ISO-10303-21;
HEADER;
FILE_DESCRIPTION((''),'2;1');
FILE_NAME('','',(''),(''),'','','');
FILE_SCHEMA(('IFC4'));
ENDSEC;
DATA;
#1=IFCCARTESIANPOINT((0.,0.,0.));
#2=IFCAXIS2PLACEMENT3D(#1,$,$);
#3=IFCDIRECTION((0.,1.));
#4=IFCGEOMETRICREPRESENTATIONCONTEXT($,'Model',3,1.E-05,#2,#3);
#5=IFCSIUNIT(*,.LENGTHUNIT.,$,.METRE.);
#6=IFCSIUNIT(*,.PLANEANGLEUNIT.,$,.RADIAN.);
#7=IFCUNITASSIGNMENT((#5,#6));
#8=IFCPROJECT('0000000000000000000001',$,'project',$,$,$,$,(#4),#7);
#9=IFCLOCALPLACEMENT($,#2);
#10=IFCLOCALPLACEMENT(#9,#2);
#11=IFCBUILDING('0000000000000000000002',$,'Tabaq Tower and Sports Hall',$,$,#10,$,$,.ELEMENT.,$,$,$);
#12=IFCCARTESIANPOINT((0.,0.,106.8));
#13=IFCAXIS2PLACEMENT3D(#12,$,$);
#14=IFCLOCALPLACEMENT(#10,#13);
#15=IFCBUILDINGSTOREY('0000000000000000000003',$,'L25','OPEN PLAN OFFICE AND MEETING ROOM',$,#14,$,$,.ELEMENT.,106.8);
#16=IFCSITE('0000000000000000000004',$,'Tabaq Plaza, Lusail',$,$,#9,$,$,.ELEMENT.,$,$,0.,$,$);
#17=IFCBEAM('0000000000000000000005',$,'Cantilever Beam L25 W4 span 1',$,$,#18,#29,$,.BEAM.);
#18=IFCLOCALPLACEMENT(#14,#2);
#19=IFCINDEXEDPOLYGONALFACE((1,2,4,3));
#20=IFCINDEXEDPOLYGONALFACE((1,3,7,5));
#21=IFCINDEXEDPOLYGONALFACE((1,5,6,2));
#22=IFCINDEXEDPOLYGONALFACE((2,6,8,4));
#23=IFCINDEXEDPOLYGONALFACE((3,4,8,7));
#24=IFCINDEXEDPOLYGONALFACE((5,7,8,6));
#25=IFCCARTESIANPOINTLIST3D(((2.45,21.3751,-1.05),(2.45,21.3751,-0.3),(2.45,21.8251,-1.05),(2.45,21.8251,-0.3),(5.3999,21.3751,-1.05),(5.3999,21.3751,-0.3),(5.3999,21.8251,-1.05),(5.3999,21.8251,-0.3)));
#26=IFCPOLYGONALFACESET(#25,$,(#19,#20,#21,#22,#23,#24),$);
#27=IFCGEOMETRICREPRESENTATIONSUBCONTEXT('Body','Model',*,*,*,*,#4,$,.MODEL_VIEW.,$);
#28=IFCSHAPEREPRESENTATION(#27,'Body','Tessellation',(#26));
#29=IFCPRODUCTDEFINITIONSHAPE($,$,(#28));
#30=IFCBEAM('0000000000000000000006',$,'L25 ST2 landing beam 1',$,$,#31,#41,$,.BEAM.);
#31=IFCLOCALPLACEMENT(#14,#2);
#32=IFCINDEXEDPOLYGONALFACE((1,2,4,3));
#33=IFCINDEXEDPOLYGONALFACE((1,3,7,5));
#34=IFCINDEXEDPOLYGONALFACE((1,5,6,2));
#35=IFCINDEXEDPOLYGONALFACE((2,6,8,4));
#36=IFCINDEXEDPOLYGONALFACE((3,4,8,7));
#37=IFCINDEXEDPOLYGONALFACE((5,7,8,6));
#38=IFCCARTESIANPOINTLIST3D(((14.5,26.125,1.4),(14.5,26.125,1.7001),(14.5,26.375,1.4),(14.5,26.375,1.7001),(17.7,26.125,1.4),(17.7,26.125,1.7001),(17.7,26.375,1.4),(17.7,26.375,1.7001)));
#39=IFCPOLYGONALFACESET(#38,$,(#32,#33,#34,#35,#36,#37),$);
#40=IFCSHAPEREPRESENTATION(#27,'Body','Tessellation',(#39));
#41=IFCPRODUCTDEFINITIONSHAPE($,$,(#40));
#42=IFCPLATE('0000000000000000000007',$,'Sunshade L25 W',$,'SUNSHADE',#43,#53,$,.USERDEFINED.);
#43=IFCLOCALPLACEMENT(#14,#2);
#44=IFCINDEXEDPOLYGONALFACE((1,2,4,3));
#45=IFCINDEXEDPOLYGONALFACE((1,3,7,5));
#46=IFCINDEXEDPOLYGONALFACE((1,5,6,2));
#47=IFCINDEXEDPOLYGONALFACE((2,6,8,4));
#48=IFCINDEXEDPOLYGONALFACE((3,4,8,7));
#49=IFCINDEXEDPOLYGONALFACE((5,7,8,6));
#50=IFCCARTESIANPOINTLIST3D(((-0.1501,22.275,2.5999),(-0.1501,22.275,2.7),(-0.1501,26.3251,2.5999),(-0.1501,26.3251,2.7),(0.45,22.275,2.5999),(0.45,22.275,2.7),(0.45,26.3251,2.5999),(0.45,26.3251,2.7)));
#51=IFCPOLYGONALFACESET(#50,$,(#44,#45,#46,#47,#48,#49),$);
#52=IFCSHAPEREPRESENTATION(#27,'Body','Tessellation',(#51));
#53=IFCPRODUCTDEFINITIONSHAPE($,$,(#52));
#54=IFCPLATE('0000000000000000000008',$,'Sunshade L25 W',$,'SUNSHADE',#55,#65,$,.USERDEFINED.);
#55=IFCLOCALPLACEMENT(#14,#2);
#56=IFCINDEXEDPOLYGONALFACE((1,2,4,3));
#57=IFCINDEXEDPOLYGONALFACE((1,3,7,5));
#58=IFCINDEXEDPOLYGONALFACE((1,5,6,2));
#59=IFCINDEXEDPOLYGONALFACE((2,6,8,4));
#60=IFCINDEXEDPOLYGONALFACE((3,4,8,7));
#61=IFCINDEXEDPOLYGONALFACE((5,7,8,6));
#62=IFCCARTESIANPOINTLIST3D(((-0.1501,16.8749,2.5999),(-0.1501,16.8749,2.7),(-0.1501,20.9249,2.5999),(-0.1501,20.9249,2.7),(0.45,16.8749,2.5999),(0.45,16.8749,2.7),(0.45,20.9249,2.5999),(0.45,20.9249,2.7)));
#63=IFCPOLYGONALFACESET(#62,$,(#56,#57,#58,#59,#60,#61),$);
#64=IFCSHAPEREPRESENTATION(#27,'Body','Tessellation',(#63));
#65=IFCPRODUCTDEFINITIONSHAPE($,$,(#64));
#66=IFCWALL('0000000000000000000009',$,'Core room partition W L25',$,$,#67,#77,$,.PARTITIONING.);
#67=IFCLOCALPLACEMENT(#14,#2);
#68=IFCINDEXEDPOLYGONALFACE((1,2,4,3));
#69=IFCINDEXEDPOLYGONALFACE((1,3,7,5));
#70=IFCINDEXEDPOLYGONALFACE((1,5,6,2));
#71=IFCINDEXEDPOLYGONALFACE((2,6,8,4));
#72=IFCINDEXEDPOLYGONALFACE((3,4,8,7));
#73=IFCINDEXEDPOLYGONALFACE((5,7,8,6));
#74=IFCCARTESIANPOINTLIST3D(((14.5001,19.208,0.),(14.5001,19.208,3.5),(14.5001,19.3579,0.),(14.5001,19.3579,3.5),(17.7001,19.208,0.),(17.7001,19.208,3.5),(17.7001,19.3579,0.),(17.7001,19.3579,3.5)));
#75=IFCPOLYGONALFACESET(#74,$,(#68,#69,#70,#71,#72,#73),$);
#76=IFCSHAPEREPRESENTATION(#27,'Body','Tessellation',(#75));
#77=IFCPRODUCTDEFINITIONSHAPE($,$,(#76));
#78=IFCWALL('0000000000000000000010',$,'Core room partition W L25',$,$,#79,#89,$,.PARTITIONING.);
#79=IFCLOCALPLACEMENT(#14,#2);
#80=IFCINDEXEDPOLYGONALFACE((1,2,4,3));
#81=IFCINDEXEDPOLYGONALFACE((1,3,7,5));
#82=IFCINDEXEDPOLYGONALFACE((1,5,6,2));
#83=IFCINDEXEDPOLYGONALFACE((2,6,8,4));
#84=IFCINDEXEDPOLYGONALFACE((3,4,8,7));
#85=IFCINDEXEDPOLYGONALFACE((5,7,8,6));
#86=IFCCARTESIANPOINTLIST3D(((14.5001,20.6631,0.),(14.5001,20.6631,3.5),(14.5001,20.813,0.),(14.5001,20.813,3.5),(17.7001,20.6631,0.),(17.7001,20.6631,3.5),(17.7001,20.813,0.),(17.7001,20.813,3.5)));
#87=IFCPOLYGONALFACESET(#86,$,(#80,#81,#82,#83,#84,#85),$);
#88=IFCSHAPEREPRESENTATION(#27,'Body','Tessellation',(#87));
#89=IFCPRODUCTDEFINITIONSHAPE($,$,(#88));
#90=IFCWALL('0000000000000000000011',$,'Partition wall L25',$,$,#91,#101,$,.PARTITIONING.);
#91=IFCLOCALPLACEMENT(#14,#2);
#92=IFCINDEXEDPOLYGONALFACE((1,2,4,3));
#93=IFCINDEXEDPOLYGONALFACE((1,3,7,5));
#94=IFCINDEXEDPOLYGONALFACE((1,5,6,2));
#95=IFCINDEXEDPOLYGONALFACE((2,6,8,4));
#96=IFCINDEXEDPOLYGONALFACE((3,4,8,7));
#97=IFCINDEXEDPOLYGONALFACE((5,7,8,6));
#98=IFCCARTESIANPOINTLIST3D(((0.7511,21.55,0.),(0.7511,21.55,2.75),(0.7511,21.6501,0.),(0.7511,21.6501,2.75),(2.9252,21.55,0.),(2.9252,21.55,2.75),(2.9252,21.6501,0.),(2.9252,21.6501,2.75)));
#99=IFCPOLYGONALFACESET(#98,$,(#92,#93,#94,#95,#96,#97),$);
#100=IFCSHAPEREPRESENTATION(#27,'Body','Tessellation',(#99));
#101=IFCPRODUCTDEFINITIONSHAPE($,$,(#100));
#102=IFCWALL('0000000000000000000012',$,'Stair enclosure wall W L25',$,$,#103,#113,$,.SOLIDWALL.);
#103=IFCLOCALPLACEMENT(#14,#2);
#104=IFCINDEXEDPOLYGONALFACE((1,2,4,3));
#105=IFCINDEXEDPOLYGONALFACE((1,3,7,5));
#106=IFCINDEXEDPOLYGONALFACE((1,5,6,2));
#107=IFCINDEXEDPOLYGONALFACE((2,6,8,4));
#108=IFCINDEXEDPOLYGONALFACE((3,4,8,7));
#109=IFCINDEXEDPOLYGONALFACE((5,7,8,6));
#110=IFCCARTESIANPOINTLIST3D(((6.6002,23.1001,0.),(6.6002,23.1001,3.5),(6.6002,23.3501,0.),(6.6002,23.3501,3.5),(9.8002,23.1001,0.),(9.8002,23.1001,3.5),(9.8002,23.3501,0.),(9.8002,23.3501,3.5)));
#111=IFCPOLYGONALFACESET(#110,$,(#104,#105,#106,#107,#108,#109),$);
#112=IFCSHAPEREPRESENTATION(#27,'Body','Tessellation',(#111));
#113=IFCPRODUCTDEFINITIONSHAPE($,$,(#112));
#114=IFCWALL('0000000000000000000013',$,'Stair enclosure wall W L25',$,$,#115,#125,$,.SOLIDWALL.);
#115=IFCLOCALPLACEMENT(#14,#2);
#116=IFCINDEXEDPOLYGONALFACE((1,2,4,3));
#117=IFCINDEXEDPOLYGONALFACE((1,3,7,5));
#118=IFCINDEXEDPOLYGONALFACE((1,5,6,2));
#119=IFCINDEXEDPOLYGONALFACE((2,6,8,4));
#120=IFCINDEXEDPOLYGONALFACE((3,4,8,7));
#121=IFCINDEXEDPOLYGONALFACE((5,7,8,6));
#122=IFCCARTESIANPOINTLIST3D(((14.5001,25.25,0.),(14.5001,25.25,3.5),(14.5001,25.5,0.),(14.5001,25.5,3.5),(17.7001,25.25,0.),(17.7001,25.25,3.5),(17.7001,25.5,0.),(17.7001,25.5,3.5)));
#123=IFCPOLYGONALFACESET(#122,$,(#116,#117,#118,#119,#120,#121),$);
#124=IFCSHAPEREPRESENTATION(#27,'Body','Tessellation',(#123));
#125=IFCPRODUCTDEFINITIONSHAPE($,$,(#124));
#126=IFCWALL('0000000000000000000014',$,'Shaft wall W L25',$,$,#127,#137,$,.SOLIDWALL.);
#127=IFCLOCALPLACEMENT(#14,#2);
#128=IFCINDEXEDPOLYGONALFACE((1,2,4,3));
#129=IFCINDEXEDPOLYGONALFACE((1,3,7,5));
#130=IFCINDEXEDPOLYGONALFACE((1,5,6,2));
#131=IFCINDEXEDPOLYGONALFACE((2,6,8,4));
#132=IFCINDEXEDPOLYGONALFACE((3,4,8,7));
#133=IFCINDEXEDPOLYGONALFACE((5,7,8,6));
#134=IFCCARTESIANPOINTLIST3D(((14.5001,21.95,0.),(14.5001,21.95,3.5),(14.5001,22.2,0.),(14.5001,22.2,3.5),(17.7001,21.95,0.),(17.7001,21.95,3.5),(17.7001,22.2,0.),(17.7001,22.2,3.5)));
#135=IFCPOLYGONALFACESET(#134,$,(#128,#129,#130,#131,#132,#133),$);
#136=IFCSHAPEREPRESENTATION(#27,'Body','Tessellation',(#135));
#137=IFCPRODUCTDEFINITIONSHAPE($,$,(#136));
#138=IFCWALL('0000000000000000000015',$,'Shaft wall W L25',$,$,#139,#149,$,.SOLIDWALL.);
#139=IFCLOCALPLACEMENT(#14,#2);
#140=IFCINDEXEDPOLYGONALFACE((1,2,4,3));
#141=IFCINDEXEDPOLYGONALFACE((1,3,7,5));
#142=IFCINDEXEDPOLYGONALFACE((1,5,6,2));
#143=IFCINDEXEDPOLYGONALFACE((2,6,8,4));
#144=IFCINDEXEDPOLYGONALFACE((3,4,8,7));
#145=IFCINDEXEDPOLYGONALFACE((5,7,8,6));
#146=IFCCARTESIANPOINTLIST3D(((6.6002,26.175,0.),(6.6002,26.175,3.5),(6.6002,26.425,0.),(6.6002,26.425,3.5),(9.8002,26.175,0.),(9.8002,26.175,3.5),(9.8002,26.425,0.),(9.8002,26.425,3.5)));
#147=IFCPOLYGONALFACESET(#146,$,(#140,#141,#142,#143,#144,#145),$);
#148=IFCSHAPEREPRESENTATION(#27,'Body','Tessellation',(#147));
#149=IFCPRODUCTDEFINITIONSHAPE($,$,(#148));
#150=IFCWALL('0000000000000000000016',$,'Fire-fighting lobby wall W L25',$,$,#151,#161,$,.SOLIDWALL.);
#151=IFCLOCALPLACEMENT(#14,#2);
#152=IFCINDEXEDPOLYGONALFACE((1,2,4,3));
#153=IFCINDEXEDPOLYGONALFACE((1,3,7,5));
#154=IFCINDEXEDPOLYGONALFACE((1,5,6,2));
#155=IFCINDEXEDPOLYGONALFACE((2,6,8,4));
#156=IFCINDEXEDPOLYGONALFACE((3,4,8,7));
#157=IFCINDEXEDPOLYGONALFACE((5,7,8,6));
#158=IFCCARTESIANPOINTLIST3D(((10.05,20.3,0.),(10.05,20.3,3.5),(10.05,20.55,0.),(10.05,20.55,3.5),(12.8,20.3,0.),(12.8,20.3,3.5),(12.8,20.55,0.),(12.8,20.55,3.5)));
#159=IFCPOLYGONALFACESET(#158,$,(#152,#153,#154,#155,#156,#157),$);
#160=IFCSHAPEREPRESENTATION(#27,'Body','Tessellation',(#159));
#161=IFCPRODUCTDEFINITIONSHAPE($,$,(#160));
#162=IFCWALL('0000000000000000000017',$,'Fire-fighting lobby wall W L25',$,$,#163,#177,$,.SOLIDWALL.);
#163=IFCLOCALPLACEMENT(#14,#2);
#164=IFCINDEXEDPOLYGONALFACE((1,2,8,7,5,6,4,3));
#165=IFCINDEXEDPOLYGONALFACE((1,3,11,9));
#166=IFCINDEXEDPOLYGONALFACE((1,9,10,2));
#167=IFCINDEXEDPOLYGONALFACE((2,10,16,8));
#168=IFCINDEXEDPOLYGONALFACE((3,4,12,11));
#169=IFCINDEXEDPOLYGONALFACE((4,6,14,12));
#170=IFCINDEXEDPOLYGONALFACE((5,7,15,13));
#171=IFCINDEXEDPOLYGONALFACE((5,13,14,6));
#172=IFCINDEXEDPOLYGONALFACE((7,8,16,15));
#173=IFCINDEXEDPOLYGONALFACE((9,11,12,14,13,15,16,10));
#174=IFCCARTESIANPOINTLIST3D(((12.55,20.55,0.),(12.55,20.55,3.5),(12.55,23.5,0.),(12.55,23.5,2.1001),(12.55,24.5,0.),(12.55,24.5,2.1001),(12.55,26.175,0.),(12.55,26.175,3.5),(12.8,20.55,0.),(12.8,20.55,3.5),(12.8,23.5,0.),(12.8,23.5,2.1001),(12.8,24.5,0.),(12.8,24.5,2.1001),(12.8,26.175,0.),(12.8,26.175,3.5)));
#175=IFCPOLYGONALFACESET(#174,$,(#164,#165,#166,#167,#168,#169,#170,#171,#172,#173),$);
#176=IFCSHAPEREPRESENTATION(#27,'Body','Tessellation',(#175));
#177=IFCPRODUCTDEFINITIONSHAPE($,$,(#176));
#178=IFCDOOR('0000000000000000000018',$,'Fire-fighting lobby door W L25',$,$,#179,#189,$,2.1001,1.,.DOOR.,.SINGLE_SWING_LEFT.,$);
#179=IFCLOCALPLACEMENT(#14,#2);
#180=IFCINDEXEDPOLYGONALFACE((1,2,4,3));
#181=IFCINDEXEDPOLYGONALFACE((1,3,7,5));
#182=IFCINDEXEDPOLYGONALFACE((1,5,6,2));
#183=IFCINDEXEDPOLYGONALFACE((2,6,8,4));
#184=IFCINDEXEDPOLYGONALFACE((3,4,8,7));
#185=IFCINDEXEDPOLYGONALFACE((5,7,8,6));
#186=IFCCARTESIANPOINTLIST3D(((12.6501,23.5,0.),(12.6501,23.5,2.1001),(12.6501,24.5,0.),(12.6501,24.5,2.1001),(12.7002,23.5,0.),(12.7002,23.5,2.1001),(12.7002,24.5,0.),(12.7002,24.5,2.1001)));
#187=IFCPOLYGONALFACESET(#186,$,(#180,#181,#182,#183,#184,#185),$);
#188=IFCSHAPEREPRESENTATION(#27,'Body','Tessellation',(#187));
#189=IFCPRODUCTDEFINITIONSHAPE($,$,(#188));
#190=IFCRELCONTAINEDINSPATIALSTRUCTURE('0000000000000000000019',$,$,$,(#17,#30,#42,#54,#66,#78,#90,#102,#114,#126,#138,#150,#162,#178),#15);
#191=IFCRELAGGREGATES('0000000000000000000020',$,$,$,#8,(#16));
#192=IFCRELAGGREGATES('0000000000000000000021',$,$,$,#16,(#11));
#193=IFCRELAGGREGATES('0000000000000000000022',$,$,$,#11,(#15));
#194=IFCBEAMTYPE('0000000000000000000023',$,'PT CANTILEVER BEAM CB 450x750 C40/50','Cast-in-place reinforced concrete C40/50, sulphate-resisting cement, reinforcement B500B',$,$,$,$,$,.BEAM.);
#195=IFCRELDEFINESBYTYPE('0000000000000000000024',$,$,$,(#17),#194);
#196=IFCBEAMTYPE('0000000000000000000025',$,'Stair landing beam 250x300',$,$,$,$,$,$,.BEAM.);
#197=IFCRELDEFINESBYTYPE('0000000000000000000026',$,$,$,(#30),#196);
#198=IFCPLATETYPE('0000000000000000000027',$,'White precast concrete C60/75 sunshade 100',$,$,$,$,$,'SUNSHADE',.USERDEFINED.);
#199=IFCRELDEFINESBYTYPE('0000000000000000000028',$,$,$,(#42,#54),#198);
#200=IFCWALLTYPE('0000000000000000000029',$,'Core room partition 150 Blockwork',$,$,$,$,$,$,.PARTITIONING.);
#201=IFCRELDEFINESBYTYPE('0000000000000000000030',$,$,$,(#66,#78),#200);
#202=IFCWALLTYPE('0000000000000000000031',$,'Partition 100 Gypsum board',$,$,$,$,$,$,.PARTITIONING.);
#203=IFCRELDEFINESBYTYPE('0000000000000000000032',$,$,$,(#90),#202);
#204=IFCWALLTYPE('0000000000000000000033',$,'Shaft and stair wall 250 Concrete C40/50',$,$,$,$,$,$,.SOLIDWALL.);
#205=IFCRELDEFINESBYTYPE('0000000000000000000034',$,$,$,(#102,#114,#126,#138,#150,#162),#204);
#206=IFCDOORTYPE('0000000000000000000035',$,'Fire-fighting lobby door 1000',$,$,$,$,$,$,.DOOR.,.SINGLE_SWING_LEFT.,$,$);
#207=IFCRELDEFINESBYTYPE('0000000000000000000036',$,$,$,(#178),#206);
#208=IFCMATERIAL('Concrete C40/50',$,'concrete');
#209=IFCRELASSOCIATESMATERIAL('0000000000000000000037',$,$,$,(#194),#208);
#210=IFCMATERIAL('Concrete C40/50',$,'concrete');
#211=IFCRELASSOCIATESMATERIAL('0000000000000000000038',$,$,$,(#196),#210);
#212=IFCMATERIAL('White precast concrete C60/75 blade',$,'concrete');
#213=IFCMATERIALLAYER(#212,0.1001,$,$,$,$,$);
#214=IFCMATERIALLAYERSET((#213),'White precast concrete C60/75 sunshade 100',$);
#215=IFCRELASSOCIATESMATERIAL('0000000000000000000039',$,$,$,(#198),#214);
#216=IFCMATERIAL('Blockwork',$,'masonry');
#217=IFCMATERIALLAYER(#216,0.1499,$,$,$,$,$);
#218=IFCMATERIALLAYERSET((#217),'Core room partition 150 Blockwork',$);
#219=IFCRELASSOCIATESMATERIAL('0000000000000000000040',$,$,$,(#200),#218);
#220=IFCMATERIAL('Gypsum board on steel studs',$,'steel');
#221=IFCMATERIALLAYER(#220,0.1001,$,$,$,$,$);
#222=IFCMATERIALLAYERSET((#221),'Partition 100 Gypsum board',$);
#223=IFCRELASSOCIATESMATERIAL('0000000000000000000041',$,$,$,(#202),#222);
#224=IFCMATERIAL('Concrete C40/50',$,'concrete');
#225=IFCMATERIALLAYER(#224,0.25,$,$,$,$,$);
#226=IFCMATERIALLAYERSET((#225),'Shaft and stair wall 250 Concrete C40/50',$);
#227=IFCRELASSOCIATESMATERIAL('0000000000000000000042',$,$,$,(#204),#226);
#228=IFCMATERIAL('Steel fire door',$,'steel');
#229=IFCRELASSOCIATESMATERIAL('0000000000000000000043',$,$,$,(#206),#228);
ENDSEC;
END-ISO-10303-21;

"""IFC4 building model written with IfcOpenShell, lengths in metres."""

from ifc_helpers import new_model, si_unit, direction, frame, frame_2d, origin, origin_2d, place, context, subcontext, project, spatial, rectangle, extrude, material, layer, layer_set, material_profile, profile_set, type_object, element, fill, save


model = new_model("IFC4")

# Units and contexts
model_context = context("Model", 3, precision=1e-05, world=origin(), true_north=direction((0.0, 1.0)))
body_context = subcontext(model_context, "Body", "Model", "MODEL_VIEW")
ifc_project = project(units=[si_unit("LENGTHUNIT", "METRE"), si_unit("PLANEANGLEUNIT", "RADIAN")], contexts=[model_context])

# Site, building, storey
site_placement = place(None, origin())
site = spatial("IfcSite", under=ifc_project, at=site_placement, Name="Tabaq Plaza, Lusail", CompositionType="ELEMENT", RefElevation=0.0)
building_placement = place(site_placement, origin())
building = spatial("IfcBuilding", under=site, at=building_placement, Name="Tabaq Tower and Sports Hall", CompositionType="ELEMENT")
storey_placement = place(building_placement, frame((0.0, 0.0, 106.8)))
storey = spatial("IfcBuildingStorey", under=building, at=storey_placement, Name="L25", Description="OPEN PLAN OFFICE AND MEETING ROOM", CompositionType="ELEMENT", Elevation=106.8)

# Beams
ifc_material_1 = material(Name="Concrete C40/50", Category="concrete")
ifc_material_profile_1 = material_profile(ifc_material_1, rectangle(XDim=0.45, YDim=0.75, at=origin_2d()), Name="CB 450x750")
ifc_profile_set_1 = profile_set([ifc_material_profile_1], Name="Concrete C40/50")
beam_type_1 = type_object("IfcBeamType", Name="PT CANTILEVER BEAM CB 450x750 C40/50", Description="Cast-in-place reinforced concrete C40/50, sulphate-resisting cement, reinforcement B500B", PredefinedType="BEAM", material=ifc_profile_set_1)
beam_1_placement = place(storey_placement, frame((2.45, 21.6001, -0.675), z_axis=(1.0, 0.0, 0.0), x_axis=(0.0, 1.0, 0.0)))
element("IfcBeam", 1, at=beam_1_placement, inside=storey, type_object=beam_type_1, Name="Cantilever Beam L25 W4 span 1", PredefinedType="BEAM", context=body_context, shape_type="SweptSolid", body=[
    extrude(rectangle(XDim=0.45, YDim=0.75, at=origin_2d()), origin(), (0.0, 0.0, 1.0), 2.95),
])
ifc_material_2 = material(Name="Concrete C40/50", Category="concrete")
ifc_material_profile_2 = material_profile(ifc_material_2, rectangle(XDim=0.25, YDim=0.3, at=origin_2d()), Name="RC 250x300")
ifc_profile_set_2 = profile_set([ifc_material_profile_2], Name="Concrete C40/50")
beam_type_2 = type_object("IfcBeamType", Name="Stair landing beam 250x300", PredefinedType="BEAM", material=ifc_profile_set_2)
beam_2_placement = place(storey_placement, frame((14.5, 26.25, 1.55), z_axis=(1.0, 0.0, 0.0), x_axis=(0.0, 1.0, 0.0)))
element("IfcBeam", 2, at=beam_2_placement, inside=storey, type_object=beam_type_2, Name="L25 ST2 landing beam 1", PredefinedType="BEAM", context=body_context, shape_type="SweptSolid", body=[
    extrude(rectangle(XDim=0.25, YDim=0.3, at=origin_2d()), origin(), (0.0, 0.0, 1.0), 3.2),
])

# Plates
ifc_material_3 = material(Name="White precast concrete C60/75 blade", Category="concrete")
ifc_layer_1 = layer(ifc_material_3, 0.1001)
ifc_layer_set_1 = layer_set([ifc_layer_1], Name="White precast concrete C60/75 sunshade 100")
plate_type = type_object("IfcPlateType", Name="White precast concrete C60/75 sunshade 100", ElementType="SUNSHADE", PredefinedType="USERDEFINED", material=ifc_layer_set_1)
for number, where, z_axis, x_axis, name in (
    (3, (0.1499, 24.3, 2.5999), (0.0, 0.0, 1.0), (0.0, -1.0, 0.0), "Sunshade L25 W"),
    (4, (0.1499, 18.8999, 2.5999), (0.0, 0.0, 1.0), (0.0, -1.0, 0.0), "Sunshade L25 W"),
):
    element("IfcPlate", number, at=place(storey_placement, frame(where, z_axis=z_axis, x_axis=x_axis)), inside=storey, type_object=plate_type, Name=name, ObjectType="SUNSHADE", PredefinedType="USERDEFINED", context=body_context, shape_type="SweptSolid", body=[
        extrude(rectangle(XDim=4.05, YDim=0.6001, at=origin_2d()), origin(), (0.0, 0.0, 1.0), 0.1001),
    ])

# Walls
ifc_material_4 = material(Name="Blockwork", Category="masonry")
ifc_layer_2 = layer(ifc_material_4, 0.1499)
ifc_layer_set_2 = layer_set([ifc_layer_2], Name="Core room partition 150 Blockwork")
wall_type_1 = type_object("IfcWallType", Name="Core room partition 150 Blockwork", PredefinedType="PARTITIONING", material=ifc_layer_set_2)
for number, where, z_axis, x_axis, name in (
    (5, (14.5, 19.283, 0.0), (0.0, 0.0, 1.0), (1.0, 0.0, 0.0), "Core room partition W L25"),
    (6, (14.5, 20.738, 0.0), (0.0, 0.0, 1.0), (1.0, 0.0, 0.0), "Core room partition W L25"),
):
    element("IfcWall", number, at=place(storey_placement, frame(where, z_axis=z_axis, x_axis=x_axis)), inside=storey, type_object=wall_type_1, Name=name, PredefinedType="PARTITIONING", context=body_context, shape_type="SweptSolid", body=[
        extrude(rectangle(XDim=3.2, YDim=0.1499, at=frame_2d((1.6001, 0.0))), origin(), (0.0, 0.0, 1.0), 3.5),
    ])
ifc_material_5 = material(Name="Gypsum board on steel studs", Category="steel")
ifc_layer_3 = layer(ifc_material_5, 0.1001)
ifc_layer_set_3 = layer_set([ifc_layer_3], Name="Partition 100 Gypsum board")
wall_type_2 = type_object("IfcWallType", Name="Partition 100 Gypsum board", PredefinedType="PARTITIONING", material=ifc_layer_set_3)
wall_1_placement = place(storey_placement, frame((2.925, 21.6001, 0.0), z_axis=(0.0, 0.0, 1.0), x_axis=(-1.0, 0.0, 0.0)))
element("IfcWall", 7, at=wall_1_placement, inside=storey, type_object=wall_type_2, Name="Partition wall L25", PredefinedType="PARTITIONING", context=body_context, shape_type="SweptSolid", body=[
    extrude(rectangle(XDim=2.1741, YDim=0.1001, at=frame_2d((1.0869, 0.0))), origin(), (0.0, 0.0, 1.0), 2.75),
])
ifc_material_6 = material(Name="Concrete C40/50", Category="concrete")
ifc_layer_4 = layer(ifc_material_6, 0.25)
ifc_layer_set_4 = layer_set([ifc_layer_4], Name="Shaft and stair wall 250 Concrete C40/50")
wall_type_3 = type_object("IfcWallType", Name="Shaft and stair wall 250 Concrete C40/50", PredefinedType="SOLIDWALL", material=ifc_layer_set_4)
for number, where, z_axis, x_axis, name in (
    (8, (6.6001, 23.2251, 0.0), (0.0, 0.0, 1.0), (1.0, 0.0, 0.0), "Stair enclosure wall W L25"),
    (9, (14.5, 25.375, 0.0), (0.0, 0.0, 1.0), (1.0, 0.0, 0.0), "Stair enclosure wall W L25"),
    (10, (14.5, 22.075, 0.0), (0.0, 0.0, 1.0), (1.0, 0.0, 0.0), "Shaft wall W L25"),
    (11, (6.6001, 26.3, 0.0), (0.0, 0.0, 1.0), (1.0, 0.0, 0.0), "Shaft wall W L25"),
):
    element("IfcWall", number, at=place(storey_placement, frame(where, z_axis=z_axis, x_axis=x_axis)), inside=storey, type_object=wall_type_3, Name=name, PredefinedType="SOLIDWALL", context=body_context, shape_type="SweptSolid", body=[
        extrude(rectangle(XDim=3.2, YDim=0.25, at=frame_2d((1.6001, 0.0))), origin(), (0.0, 0.0, 1.0), 3.5),
    ])
wall_2_placement = place(storey_placement, frame((10.05, 20.425, 0.0), z_axis=(0.0, 0.0, 1.0), x_axis=(1.0, 0.0, 0.0)))
element("IfcWall", 12, at=wall_2_placement, inside=storey, type_object=wall_type_3, Name="Fire-fighting lobby wall W L25", PredefinedType="SOLIDWALL", context=body_context, shape_type="SweptSolid", body=[
    extrude(rectangle(XDim=2.75, YDim=0.25, at=frame_2d((1.375, 0.0))), origin(), (0.0, 0.0, 1.0), 3.5),
])

# Wall, opening, door
wall_3_placement = place(storey_placement, frame((12.675, 20.55, 0.0), z_axis=(0.0, 0.0, 1.0), x_axis=(0.0, 1.0, 0.0)))
wall_3 = element("IfcWall", 13, at=wall_3_placement, inside=storey, type_object=wall_type_3, Name="Fire-fighting lobby wall W L25", PredefinedType="SOLIDWALL", context=body_context, shape_type="SweptSolid", body=[
    extrude(rectangle(XDim=5.625, YDim=0.25, at=frame_2d((2.8125, 0.0))), origin(), (0.0, 0.0, 1.0), 3.5),
])
opening_placement = place(wall_3_placement, frame((2.95, 0.0, 0.0)))
opening = element("IfcOpeningElement", 14, at=opening_placement, cuts=wall_3, PredefinedType="OPENING", context=body_context, shape_type="SweptSolid", body=[
    extrude(rectangle(XDim=1.0, YDim=2.1001, at=frame_2d((0.5, 1.05))), frame((0.0, 0.125, 0.0), z_axis=(0.0, -1.0, 0.0), x_axis=(1.0, 0.0, 0.0)), (0.0, 0.0, 1.0), 0.25),
])
ifc_material_7 = material(Name="Steel fire door", Category="steel")
door_type = type_object("IfcDoorType", Name="Fire-fighting lobby door 1000", OperationType="SINGLE_SWING_LEFT", PredefinedType="DOOR", material=ifc_material_7)
door_placement = place(opening_placement, origin())
door = element("IfcDoor", 15, at=door_placement, inside=storey, type_object=door_type, Name="Fire-fighting lobby door W L25", OperationType="SINGLE_SWING_LEFT", OverallHeight=2.1001, OverallWidth=1.0, PredefinedType="DOOR", context=body_context, shape_type="SweptSolid", body=[
    extrude(rectangle(XDim=1.0, YDim=2.1001, at=frame_2d((0.5, 1.05))), frame((0.0, 0.0249, 0.0), z_axis=(0.0, -1.0, 0.0), x_axis=(1.0, 0.0, 0.0)), (0.0, 0.0, 1.0), 0.05),
])
fill(opening, door)

save(model, "model.ifc")
